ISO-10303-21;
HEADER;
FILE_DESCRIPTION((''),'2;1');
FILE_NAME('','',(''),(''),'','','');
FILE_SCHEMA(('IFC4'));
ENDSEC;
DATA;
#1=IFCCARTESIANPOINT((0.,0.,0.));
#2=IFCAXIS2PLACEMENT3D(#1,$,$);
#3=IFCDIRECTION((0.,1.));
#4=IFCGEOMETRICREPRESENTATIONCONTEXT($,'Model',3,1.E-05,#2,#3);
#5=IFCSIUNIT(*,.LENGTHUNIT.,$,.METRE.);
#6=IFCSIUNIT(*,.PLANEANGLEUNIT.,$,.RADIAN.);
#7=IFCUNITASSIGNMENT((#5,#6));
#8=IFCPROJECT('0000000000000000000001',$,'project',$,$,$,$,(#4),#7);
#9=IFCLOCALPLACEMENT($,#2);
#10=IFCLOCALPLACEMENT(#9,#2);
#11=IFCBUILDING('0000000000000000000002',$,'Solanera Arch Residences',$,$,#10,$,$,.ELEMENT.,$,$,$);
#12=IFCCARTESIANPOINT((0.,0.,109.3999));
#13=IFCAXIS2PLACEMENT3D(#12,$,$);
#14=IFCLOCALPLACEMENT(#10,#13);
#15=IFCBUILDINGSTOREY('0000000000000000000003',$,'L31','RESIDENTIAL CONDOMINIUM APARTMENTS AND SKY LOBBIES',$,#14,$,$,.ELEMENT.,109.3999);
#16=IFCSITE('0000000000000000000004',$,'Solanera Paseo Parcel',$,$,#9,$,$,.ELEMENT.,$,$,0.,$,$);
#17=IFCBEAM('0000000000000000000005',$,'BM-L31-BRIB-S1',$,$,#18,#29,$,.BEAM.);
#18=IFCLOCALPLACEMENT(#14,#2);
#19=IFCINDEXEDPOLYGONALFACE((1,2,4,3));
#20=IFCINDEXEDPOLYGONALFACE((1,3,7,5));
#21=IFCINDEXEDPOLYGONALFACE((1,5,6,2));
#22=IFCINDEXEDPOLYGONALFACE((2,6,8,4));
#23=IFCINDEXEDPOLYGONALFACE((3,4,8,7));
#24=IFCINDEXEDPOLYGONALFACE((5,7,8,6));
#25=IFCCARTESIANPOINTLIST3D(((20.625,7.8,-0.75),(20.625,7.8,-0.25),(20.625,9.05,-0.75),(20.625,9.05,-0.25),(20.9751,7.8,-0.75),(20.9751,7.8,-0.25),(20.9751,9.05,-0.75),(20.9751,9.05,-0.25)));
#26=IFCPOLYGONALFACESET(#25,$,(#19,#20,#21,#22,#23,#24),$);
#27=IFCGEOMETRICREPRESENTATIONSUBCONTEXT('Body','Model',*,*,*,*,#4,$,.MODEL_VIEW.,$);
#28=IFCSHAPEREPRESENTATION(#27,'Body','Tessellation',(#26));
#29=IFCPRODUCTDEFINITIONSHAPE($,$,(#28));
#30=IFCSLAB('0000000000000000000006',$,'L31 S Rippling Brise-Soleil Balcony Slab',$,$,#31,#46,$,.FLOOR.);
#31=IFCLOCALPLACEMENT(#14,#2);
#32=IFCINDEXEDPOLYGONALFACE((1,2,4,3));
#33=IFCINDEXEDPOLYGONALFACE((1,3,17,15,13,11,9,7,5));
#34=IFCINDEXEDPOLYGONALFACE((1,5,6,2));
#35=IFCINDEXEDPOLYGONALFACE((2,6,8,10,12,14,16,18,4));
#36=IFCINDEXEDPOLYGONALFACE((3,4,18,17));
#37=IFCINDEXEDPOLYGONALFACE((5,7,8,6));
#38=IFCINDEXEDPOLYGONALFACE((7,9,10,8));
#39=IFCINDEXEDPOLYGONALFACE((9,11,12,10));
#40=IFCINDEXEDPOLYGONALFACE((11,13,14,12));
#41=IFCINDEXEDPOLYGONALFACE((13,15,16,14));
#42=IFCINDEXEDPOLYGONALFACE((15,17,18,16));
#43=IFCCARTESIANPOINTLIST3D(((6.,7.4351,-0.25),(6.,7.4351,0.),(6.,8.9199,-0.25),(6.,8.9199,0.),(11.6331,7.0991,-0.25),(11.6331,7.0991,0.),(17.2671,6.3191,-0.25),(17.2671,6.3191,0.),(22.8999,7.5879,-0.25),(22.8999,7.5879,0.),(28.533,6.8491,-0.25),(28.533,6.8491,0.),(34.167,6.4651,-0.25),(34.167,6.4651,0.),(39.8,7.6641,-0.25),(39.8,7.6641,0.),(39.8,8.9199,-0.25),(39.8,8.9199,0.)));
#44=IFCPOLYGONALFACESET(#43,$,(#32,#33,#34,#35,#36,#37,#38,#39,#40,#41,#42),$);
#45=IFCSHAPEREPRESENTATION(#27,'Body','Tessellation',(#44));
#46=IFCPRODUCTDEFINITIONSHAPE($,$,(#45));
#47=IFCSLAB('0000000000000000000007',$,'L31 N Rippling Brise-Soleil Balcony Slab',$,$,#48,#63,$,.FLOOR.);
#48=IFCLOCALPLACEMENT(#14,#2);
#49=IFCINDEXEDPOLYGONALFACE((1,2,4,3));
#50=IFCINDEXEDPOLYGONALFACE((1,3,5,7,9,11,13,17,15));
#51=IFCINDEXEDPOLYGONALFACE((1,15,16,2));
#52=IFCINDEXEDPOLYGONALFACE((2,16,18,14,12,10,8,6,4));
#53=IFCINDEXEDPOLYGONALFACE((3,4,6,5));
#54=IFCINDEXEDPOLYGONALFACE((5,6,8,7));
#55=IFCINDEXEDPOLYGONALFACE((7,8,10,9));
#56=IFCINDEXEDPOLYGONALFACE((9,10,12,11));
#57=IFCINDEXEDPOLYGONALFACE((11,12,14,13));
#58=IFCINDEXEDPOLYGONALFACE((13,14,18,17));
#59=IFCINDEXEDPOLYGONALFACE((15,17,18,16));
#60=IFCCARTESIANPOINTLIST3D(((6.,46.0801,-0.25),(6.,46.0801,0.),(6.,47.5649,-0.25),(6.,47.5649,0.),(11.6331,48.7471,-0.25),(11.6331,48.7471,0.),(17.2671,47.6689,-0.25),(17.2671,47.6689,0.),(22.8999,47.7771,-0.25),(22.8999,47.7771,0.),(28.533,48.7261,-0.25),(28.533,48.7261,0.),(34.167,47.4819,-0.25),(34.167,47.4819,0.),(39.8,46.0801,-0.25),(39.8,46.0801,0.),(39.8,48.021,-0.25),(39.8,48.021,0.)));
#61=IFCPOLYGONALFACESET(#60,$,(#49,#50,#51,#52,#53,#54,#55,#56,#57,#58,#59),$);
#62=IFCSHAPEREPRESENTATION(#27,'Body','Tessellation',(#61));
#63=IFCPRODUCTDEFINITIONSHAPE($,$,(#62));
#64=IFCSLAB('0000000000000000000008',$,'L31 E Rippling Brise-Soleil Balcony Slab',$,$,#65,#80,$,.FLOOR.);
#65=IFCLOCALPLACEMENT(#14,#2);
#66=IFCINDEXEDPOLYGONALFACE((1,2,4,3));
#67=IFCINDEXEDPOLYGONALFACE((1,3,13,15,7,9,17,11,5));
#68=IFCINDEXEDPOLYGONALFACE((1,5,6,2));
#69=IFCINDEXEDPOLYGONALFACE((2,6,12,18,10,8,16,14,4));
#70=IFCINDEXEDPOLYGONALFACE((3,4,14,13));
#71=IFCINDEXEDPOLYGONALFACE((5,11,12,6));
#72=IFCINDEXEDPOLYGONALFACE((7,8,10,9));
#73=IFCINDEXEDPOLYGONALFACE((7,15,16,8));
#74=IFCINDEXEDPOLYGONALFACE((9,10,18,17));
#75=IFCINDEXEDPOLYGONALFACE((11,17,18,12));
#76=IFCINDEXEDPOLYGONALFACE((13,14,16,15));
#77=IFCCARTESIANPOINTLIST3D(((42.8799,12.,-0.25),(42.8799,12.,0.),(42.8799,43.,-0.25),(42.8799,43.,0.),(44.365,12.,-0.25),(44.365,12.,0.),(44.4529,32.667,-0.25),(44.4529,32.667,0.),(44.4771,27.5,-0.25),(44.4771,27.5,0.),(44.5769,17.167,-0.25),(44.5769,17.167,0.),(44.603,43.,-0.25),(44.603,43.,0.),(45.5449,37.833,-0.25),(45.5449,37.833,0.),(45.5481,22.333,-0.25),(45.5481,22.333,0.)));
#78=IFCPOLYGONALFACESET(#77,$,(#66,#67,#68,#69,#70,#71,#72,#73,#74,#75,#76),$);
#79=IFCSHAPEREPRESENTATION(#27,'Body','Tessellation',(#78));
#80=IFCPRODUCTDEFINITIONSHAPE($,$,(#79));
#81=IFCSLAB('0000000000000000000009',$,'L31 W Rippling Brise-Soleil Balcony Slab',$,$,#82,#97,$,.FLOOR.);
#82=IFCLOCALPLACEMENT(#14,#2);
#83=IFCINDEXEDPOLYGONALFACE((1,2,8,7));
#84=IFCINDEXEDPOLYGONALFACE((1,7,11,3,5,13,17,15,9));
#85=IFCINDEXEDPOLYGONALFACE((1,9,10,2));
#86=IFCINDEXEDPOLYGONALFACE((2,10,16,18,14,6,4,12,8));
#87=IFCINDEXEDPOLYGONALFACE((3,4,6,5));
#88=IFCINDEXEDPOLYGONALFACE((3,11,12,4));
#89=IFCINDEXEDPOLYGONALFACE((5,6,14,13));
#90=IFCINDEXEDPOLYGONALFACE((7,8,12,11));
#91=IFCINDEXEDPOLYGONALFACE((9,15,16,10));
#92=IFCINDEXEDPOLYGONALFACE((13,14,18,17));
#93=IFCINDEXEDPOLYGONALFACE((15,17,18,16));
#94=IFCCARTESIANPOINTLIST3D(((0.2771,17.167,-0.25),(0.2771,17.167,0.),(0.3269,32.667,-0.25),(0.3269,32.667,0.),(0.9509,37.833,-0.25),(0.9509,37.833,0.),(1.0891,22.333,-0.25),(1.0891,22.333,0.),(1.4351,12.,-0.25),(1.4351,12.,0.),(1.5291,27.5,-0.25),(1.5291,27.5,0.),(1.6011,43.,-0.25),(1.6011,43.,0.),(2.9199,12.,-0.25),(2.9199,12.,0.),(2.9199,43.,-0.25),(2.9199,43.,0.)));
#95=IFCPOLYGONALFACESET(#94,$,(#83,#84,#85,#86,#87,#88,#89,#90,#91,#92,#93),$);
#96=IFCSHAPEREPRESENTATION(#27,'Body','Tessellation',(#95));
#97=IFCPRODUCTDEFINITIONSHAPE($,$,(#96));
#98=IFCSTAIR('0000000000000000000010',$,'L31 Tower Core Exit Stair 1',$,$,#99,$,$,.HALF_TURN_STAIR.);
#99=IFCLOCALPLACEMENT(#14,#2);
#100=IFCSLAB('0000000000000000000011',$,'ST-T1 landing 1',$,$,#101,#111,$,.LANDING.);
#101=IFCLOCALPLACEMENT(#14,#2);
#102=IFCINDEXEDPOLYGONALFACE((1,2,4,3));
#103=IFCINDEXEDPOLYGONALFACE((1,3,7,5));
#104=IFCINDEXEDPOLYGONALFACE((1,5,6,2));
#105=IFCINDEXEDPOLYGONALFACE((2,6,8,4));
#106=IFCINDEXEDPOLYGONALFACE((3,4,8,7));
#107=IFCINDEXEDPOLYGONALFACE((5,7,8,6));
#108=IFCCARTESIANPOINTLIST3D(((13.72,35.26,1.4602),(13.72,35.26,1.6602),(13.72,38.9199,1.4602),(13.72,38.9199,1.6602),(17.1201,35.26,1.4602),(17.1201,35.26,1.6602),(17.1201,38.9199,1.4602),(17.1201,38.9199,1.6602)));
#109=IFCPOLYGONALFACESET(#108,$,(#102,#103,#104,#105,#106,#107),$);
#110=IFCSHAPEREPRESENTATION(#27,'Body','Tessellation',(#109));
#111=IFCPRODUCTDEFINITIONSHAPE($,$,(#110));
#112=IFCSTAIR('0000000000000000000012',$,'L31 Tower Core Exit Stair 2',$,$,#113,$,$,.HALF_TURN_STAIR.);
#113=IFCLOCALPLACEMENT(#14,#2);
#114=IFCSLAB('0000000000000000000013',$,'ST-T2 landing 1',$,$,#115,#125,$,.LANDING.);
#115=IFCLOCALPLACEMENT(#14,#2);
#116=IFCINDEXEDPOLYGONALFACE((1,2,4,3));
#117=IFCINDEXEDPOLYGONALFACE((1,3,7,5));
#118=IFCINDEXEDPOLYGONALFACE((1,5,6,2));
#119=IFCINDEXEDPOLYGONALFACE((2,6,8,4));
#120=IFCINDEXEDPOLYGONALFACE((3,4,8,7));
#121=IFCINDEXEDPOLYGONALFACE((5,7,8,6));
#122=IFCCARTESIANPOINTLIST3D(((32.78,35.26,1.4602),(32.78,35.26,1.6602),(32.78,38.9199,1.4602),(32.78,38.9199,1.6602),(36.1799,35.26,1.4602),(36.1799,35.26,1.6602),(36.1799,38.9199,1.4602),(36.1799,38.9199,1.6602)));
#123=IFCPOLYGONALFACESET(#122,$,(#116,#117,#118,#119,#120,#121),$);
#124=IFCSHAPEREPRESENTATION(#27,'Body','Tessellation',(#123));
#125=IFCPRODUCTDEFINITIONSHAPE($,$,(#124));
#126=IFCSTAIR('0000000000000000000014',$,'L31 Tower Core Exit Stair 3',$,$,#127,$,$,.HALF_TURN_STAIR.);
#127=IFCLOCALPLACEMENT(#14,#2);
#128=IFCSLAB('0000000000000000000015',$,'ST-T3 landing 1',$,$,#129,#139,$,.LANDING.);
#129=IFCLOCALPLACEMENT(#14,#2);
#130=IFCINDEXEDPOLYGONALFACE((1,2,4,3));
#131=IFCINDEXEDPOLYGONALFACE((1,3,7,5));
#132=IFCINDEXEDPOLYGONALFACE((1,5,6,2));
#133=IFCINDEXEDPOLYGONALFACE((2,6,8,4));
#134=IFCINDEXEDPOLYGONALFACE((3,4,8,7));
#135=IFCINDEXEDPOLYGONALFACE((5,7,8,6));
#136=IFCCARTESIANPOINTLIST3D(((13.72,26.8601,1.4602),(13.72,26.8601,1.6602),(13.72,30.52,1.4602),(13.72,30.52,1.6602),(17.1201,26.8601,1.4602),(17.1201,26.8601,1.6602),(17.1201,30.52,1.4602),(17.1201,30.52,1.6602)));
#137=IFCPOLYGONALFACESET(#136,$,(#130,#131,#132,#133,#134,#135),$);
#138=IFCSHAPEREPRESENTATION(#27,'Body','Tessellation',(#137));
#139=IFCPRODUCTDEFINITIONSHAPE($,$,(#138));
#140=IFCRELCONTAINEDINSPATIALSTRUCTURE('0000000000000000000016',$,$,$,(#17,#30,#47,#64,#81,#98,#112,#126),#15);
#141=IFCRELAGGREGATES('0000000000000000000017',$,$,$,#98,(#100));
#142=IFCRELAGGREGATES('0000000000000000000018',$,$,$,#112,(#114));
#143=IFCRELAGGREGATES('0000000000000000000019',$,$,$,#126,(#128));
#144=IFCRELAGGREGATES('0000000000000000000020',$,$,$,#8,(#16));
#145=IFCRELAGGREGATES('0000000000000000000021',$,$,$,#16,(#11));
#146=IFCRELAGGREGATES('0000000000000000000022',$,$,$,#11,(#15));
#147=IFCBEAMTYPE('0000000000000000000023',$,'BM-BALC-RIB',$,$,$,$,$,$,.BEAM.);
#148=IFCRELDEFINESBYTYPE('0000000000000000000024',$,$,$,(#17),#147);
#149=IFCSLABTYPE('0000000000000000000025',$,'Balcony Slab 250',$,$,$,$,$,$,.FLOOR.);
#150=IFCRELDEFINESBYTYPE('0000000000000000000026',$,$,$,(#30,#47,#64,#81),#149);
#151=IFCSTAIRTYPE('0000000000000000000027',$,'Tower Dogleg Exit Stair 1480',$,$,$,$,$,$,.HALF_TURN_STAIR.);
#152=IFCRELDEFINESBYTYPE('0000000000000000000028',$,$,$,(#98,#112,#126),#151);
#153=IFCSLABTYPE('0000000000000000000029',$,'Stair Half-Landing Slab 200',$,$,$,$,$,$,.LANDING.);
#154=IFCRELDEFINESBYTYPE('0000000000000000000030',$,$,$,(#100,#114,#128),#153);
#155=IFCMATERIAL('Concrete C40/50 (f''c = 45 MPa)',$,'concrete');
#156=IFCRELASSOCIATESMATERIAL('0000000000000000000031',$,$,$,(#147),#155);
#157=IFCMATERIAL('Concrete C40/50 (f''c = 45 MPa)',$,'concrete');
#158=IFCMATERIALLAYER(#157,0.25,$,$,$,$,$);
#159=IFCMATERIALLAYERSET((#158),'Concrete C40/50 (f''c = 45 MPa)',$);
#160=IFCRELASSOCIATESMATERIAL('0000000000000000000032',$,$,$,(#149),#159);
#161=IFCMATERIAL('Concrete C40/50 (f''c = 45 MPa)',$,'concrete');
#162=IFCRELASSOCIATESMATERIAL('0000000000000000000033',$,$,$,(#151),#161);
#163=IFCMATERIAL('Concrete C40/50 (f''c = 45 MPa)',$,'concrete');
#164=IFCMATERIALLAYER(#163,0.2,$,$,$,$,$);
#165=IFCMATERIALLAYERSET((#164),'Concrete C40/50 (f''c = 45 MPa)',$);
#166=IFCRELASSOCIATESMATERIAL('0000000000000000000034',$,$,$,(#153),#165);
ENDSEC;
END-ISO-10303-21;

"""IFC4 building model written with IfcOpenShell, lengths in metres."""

from ifc_helpers import new_model, si_unit, direction, frame, origin, origin_2d, place, context, subcontext, project, spatial, polyline, rectangle, outline, extrude, material, layer, layer_set, material_profile, profile_set, type_object, element, aggregate, save


model = new_model("IFC4")

# Units and contexts
model_context = context("Model", 3, precision=1e-05, world=origin(), true_north=direction((0.0, 1.0)))
body_context = subcontext(model_context, "Body", "Model", "MODEL_VIEW")
ifc_project = project(units=[si_unit("LENGTHUNIT", "METRE"), si_unit("PLANEANGLEUNIT", "RADIAN")], contexts=[model_context])

# Site, building, storey
site_placement = place(None, origin())
site = spatial("IfcSite", under=ifc_project, at=site_placement, Name="Solanera Paseo Parcel", CompositionType="ELEMENT", RefElevation=0.0)
building_placement = place(site_placement, origin())
building = spatial("IfcBuilding", under=site, at=building_placement, Name="Solanera Arch Residences", CompositionType="ELEMENT")
storey_placement = place(building_placement, frame((0.0, 0.0, 109.3999)))
storey = spatial("IfcBuildingStorey", under=building, at=storey_placement, Name="L31", Description="RESIDENTIAL CONDOMINIUM APARTMENTS AND SKY LOBBIES", CompositionType="ELEMENT", Elevation=109.3999)

# Beam
ifc_material_1 = material(Name="Concrete C40/50 (f'c = 45 MPa)", Category="concrete")
ifc_material_profile = material_profile(ifc_material_1, rectangle(XDim=0.3501, YDim=0.5, at=origin_2d()))
ifc_profile_set = profile_set([ifc_material_profile], Name="Concrete C40/50 (f'c = 45 MPa)")
beam_type = type_object("IfcBeamType", Name="BM-BALC-RIB", PredefinedType="BEAM", material=ifc_profile_set)
beam_placement = place(storey_placement, frame((20.8, 7.8, -0.5), z_axis=(0.0, 1.0, 0.0), x_axis=(-1.0, 0.0, 0.0)))
element("IfcBeam", 1, at=beam_placement, inside=storey, type_object=beam_type, Name="BM-L31-BRIB-S1", PredefinedType="BEAM", context=body_context, shape_type="SweptSolid", body=[
    extrude(rectangle(XDim=0.3501, YDim=0.5, at=origin_2d()), origin(), (0.0, 0.0, 1.0), 1.25),
])

# Slabs
ifc_material_2 = material(Name="Concrete C40/50 (f'c = 45 MPa)", Category="concrete")
ifc_layer_1 = layer(ifc_material_2, 0.25)
ifc_layer_set_1 = layer_set([ifc_layer_1], Name="Concrete C40/50 (f'c = 45 MPa)")
slab_type_1 = type_object("IfcSlabType", Name="Balcony Slab 250", PredefinedType="FLOOR", material=ifc_layer_set_1)
slab_1_placement = place(storey_placement, frame((0.0, 0.0, -0.25)))
element("IfcSlab", 2, at=slab_1_placement, inside=storey, type_object=slab_type_1, Name="L31 S Rippling Brise-Soleil Balcony Slab", PredefinedType="FLOOR", context=body_context, shape_type="SweptSolid", body=[
    extrude(outline(polyline([(6.0, 7.4351), (11.6331, 7.0991), (17.2671, 6.3191), (22.8999, 7.5879), (28.533, 6.8491), (34.167, 6.4651), (39.8, 7.6641), (39.8, 8.9199), (6.0, 8.9199), (6.0, 7.4351)])), origin(), (0.0, 0.0, 1.0), 0.25),
])
slab_2_placement = place(storey_placement, frame((0.0, 0.0, -0.25)))
element("IfcSlab", 3, at=slab_2_placement, inside=storey, type_object=slab_type_1, Name="L31 N Rippling Brise-Soleil Balcony Slab", PredefinedType="FLOOR", context=body_context, shape_type="SweptSolid", body=[
    extrude(outline(polyline([(39.8, 48.021), (34.167, 47.4819), (28.533, 48.7261), (22.8999, 47.7771), (17.2671, 47.6689), (11.6331, 48.7471), (6.0, 47.5649), (6.0, 46.0801), (39.8, 46.0801), (39.8, 48.021)])), origin(), (0.0, 0.0, 1.0), 0.25),
])
slab_3_placement = place(storey_placement, frame((0.0, 0.0, -0.25)))
element("IfcSlab", 4, at=slab_3_placement, inside=storey, type_object=slab_type_1, Name="L31 E Rippling Brise-Soleil Balcony Slab", PredefinedType="FLOOR", context=body_context, shape_type="SweptSolid", body=[
    extrude(outline(polyline([(44.365, 12.0), (44.5769, 17.167), (45.5481, 22.333), (44.4771, 27.5), (44.4529, 32.667), (45.5449, 37.833), (44.603, 43.0), (42.8799, 43.0), (42.8799, 12.0), (44.365, 12.0)])), origin(), (0.0, 0.0, 1.0), 0.25),
])
slab_4_placement = place(storey_placement, frame((0.0, 0.0, -0.25)))
element("IfcSlab", 5, at=slab_4_placement, inside=storey, type_object=slab_type_1, Name="L31 W Rippling Brise-Soleil Balcony Slab", PredefinedType="FLOOR", context=body_context, shape_type="SweptSolid", body=[
    extrude(outline(polyline([(1.6011, 43.0), (0.9509, 37.833), (0.3269, 32.667), (1.5291, 27.5), (1.0891, 22.333), (0.2771, 17.167), (1.4351, 12.0), (2.9199, 12.0), (2.9199, 43.0), (1.6011, 43.0)])), origin(), (0.0, 0.0, 1.0), 0.25),
])

# Stairs, slabs
ifc_material_3 = material(Name="Concrete C40/50 (f'c = 45 MPa)", Category="concrete")
stair_type = type_object("IfcStairType", Name="Tower Dogleg Exit Stair 1480", PredefinedType="HALF_TURN_STAIR", material=ifc_material_3)
stair_1_placement = place(storey_placement, origin())
stair_1 = element("IfcStair", 6, at=stair_1_placement, inside=storey, type_object=stair_type, Name="L31 Tower Core Exit Stair 1", PredefinedType="HALF_TURN_STAIR")
ifc_material_4 = material(Name="Concrete C40/50 (f'c = 45 MPa)", Category="concrete")
ifc_layer_2 = layer(ifc_material_4, 0.2)
ifc_layer_set_2 = layer_set([ifc_layer_2], Name="Concrete C40/50 (f'c = 45 MPa)")
slab_type_2 = type_object("IfcSlabType", Name="Stair Half-Landing Slab 200", PredefinedType="LANDING", material=ifc_layer_set_2)
slab_5_placement = place(storey_placement, frame((0.0, 0.0, 1.4602)))
slab_5 = element("IfcSlab", 7, at=slab_5_placement, type_object=slab_type_2, Name="ST-T1 landing 1", PredefinedType="LANDING", context=body_context, shape_type="SweptSolid", body=[
    extrude(outline(polyline([(17.1201, 35.26), (17.1201, 38.9199), (13.72, 38.9199), (13.72, 35.26), (17.1201, 35.26)])), origin(), (0.0, 0.0, 1.0), 0.2),
])
aggregate(stair_1, [slab_5])
stair_2_placement = place(storey_placement, origin())
stair_2 = element("IfcStair", 8, at=stair_2_placement, inside=storey, type_object=stair_type, Name="L31 Tower Core Exit Stair 2", PredefinedType="HALF_TURN_STAIR")
slab_6_placement = place(storey_placement, frame((0.0, 0.0, 1.4602)))
slab_6 = element("IfcSlab", 9, at=slab_6_placement, type_object=slab_type_2, Name="ST-T2 landing 1", PredefinedType="LANDING", context=body_context, shape_type="SweptSolid", body=[
    extrude(outline(polyline([(36.1799, 35.26), (36.1799, 38.9199), (32.78, 38.9199), (32.78, 35.26), (36.1799, 35.26)])), origin(), (0.0, 0.0, 1.0), 0.2),
])
aggregate(stair_2, [slab_6])
stair_3_placement = place(storey_placement, origin())
stair_3 = element("IfcStair", 10, at=stair_3_placement, inside=storey, type_object=stair_type, Name="L31 Tower Core Exit Stair 3", PredefinedType="HALF_TURN_STAIR")
slab_7_placement = place(storey_placement, frame((0.0, 0.0, 1.4602)))
slab_7 = element("IfcSlab", 11, at=slab_7_placement, type_object=slab_type_2, Name="ST-T3 landing 1", PredefinedType="LANDING", context=body_context, shape_type="SweptSolid", body=[
    extrude(outline(polyline([(17.1201, 26.8601), (17.1201, 30.52), (13.72, 30.52), (13.72, 26.8601), (17.1201, 26.8601)])), origin(), (0.0, 0.0, 1.0), 0.2),
])
aggregate(stair_3, [slab_7])

save(model, "model.ifc")
